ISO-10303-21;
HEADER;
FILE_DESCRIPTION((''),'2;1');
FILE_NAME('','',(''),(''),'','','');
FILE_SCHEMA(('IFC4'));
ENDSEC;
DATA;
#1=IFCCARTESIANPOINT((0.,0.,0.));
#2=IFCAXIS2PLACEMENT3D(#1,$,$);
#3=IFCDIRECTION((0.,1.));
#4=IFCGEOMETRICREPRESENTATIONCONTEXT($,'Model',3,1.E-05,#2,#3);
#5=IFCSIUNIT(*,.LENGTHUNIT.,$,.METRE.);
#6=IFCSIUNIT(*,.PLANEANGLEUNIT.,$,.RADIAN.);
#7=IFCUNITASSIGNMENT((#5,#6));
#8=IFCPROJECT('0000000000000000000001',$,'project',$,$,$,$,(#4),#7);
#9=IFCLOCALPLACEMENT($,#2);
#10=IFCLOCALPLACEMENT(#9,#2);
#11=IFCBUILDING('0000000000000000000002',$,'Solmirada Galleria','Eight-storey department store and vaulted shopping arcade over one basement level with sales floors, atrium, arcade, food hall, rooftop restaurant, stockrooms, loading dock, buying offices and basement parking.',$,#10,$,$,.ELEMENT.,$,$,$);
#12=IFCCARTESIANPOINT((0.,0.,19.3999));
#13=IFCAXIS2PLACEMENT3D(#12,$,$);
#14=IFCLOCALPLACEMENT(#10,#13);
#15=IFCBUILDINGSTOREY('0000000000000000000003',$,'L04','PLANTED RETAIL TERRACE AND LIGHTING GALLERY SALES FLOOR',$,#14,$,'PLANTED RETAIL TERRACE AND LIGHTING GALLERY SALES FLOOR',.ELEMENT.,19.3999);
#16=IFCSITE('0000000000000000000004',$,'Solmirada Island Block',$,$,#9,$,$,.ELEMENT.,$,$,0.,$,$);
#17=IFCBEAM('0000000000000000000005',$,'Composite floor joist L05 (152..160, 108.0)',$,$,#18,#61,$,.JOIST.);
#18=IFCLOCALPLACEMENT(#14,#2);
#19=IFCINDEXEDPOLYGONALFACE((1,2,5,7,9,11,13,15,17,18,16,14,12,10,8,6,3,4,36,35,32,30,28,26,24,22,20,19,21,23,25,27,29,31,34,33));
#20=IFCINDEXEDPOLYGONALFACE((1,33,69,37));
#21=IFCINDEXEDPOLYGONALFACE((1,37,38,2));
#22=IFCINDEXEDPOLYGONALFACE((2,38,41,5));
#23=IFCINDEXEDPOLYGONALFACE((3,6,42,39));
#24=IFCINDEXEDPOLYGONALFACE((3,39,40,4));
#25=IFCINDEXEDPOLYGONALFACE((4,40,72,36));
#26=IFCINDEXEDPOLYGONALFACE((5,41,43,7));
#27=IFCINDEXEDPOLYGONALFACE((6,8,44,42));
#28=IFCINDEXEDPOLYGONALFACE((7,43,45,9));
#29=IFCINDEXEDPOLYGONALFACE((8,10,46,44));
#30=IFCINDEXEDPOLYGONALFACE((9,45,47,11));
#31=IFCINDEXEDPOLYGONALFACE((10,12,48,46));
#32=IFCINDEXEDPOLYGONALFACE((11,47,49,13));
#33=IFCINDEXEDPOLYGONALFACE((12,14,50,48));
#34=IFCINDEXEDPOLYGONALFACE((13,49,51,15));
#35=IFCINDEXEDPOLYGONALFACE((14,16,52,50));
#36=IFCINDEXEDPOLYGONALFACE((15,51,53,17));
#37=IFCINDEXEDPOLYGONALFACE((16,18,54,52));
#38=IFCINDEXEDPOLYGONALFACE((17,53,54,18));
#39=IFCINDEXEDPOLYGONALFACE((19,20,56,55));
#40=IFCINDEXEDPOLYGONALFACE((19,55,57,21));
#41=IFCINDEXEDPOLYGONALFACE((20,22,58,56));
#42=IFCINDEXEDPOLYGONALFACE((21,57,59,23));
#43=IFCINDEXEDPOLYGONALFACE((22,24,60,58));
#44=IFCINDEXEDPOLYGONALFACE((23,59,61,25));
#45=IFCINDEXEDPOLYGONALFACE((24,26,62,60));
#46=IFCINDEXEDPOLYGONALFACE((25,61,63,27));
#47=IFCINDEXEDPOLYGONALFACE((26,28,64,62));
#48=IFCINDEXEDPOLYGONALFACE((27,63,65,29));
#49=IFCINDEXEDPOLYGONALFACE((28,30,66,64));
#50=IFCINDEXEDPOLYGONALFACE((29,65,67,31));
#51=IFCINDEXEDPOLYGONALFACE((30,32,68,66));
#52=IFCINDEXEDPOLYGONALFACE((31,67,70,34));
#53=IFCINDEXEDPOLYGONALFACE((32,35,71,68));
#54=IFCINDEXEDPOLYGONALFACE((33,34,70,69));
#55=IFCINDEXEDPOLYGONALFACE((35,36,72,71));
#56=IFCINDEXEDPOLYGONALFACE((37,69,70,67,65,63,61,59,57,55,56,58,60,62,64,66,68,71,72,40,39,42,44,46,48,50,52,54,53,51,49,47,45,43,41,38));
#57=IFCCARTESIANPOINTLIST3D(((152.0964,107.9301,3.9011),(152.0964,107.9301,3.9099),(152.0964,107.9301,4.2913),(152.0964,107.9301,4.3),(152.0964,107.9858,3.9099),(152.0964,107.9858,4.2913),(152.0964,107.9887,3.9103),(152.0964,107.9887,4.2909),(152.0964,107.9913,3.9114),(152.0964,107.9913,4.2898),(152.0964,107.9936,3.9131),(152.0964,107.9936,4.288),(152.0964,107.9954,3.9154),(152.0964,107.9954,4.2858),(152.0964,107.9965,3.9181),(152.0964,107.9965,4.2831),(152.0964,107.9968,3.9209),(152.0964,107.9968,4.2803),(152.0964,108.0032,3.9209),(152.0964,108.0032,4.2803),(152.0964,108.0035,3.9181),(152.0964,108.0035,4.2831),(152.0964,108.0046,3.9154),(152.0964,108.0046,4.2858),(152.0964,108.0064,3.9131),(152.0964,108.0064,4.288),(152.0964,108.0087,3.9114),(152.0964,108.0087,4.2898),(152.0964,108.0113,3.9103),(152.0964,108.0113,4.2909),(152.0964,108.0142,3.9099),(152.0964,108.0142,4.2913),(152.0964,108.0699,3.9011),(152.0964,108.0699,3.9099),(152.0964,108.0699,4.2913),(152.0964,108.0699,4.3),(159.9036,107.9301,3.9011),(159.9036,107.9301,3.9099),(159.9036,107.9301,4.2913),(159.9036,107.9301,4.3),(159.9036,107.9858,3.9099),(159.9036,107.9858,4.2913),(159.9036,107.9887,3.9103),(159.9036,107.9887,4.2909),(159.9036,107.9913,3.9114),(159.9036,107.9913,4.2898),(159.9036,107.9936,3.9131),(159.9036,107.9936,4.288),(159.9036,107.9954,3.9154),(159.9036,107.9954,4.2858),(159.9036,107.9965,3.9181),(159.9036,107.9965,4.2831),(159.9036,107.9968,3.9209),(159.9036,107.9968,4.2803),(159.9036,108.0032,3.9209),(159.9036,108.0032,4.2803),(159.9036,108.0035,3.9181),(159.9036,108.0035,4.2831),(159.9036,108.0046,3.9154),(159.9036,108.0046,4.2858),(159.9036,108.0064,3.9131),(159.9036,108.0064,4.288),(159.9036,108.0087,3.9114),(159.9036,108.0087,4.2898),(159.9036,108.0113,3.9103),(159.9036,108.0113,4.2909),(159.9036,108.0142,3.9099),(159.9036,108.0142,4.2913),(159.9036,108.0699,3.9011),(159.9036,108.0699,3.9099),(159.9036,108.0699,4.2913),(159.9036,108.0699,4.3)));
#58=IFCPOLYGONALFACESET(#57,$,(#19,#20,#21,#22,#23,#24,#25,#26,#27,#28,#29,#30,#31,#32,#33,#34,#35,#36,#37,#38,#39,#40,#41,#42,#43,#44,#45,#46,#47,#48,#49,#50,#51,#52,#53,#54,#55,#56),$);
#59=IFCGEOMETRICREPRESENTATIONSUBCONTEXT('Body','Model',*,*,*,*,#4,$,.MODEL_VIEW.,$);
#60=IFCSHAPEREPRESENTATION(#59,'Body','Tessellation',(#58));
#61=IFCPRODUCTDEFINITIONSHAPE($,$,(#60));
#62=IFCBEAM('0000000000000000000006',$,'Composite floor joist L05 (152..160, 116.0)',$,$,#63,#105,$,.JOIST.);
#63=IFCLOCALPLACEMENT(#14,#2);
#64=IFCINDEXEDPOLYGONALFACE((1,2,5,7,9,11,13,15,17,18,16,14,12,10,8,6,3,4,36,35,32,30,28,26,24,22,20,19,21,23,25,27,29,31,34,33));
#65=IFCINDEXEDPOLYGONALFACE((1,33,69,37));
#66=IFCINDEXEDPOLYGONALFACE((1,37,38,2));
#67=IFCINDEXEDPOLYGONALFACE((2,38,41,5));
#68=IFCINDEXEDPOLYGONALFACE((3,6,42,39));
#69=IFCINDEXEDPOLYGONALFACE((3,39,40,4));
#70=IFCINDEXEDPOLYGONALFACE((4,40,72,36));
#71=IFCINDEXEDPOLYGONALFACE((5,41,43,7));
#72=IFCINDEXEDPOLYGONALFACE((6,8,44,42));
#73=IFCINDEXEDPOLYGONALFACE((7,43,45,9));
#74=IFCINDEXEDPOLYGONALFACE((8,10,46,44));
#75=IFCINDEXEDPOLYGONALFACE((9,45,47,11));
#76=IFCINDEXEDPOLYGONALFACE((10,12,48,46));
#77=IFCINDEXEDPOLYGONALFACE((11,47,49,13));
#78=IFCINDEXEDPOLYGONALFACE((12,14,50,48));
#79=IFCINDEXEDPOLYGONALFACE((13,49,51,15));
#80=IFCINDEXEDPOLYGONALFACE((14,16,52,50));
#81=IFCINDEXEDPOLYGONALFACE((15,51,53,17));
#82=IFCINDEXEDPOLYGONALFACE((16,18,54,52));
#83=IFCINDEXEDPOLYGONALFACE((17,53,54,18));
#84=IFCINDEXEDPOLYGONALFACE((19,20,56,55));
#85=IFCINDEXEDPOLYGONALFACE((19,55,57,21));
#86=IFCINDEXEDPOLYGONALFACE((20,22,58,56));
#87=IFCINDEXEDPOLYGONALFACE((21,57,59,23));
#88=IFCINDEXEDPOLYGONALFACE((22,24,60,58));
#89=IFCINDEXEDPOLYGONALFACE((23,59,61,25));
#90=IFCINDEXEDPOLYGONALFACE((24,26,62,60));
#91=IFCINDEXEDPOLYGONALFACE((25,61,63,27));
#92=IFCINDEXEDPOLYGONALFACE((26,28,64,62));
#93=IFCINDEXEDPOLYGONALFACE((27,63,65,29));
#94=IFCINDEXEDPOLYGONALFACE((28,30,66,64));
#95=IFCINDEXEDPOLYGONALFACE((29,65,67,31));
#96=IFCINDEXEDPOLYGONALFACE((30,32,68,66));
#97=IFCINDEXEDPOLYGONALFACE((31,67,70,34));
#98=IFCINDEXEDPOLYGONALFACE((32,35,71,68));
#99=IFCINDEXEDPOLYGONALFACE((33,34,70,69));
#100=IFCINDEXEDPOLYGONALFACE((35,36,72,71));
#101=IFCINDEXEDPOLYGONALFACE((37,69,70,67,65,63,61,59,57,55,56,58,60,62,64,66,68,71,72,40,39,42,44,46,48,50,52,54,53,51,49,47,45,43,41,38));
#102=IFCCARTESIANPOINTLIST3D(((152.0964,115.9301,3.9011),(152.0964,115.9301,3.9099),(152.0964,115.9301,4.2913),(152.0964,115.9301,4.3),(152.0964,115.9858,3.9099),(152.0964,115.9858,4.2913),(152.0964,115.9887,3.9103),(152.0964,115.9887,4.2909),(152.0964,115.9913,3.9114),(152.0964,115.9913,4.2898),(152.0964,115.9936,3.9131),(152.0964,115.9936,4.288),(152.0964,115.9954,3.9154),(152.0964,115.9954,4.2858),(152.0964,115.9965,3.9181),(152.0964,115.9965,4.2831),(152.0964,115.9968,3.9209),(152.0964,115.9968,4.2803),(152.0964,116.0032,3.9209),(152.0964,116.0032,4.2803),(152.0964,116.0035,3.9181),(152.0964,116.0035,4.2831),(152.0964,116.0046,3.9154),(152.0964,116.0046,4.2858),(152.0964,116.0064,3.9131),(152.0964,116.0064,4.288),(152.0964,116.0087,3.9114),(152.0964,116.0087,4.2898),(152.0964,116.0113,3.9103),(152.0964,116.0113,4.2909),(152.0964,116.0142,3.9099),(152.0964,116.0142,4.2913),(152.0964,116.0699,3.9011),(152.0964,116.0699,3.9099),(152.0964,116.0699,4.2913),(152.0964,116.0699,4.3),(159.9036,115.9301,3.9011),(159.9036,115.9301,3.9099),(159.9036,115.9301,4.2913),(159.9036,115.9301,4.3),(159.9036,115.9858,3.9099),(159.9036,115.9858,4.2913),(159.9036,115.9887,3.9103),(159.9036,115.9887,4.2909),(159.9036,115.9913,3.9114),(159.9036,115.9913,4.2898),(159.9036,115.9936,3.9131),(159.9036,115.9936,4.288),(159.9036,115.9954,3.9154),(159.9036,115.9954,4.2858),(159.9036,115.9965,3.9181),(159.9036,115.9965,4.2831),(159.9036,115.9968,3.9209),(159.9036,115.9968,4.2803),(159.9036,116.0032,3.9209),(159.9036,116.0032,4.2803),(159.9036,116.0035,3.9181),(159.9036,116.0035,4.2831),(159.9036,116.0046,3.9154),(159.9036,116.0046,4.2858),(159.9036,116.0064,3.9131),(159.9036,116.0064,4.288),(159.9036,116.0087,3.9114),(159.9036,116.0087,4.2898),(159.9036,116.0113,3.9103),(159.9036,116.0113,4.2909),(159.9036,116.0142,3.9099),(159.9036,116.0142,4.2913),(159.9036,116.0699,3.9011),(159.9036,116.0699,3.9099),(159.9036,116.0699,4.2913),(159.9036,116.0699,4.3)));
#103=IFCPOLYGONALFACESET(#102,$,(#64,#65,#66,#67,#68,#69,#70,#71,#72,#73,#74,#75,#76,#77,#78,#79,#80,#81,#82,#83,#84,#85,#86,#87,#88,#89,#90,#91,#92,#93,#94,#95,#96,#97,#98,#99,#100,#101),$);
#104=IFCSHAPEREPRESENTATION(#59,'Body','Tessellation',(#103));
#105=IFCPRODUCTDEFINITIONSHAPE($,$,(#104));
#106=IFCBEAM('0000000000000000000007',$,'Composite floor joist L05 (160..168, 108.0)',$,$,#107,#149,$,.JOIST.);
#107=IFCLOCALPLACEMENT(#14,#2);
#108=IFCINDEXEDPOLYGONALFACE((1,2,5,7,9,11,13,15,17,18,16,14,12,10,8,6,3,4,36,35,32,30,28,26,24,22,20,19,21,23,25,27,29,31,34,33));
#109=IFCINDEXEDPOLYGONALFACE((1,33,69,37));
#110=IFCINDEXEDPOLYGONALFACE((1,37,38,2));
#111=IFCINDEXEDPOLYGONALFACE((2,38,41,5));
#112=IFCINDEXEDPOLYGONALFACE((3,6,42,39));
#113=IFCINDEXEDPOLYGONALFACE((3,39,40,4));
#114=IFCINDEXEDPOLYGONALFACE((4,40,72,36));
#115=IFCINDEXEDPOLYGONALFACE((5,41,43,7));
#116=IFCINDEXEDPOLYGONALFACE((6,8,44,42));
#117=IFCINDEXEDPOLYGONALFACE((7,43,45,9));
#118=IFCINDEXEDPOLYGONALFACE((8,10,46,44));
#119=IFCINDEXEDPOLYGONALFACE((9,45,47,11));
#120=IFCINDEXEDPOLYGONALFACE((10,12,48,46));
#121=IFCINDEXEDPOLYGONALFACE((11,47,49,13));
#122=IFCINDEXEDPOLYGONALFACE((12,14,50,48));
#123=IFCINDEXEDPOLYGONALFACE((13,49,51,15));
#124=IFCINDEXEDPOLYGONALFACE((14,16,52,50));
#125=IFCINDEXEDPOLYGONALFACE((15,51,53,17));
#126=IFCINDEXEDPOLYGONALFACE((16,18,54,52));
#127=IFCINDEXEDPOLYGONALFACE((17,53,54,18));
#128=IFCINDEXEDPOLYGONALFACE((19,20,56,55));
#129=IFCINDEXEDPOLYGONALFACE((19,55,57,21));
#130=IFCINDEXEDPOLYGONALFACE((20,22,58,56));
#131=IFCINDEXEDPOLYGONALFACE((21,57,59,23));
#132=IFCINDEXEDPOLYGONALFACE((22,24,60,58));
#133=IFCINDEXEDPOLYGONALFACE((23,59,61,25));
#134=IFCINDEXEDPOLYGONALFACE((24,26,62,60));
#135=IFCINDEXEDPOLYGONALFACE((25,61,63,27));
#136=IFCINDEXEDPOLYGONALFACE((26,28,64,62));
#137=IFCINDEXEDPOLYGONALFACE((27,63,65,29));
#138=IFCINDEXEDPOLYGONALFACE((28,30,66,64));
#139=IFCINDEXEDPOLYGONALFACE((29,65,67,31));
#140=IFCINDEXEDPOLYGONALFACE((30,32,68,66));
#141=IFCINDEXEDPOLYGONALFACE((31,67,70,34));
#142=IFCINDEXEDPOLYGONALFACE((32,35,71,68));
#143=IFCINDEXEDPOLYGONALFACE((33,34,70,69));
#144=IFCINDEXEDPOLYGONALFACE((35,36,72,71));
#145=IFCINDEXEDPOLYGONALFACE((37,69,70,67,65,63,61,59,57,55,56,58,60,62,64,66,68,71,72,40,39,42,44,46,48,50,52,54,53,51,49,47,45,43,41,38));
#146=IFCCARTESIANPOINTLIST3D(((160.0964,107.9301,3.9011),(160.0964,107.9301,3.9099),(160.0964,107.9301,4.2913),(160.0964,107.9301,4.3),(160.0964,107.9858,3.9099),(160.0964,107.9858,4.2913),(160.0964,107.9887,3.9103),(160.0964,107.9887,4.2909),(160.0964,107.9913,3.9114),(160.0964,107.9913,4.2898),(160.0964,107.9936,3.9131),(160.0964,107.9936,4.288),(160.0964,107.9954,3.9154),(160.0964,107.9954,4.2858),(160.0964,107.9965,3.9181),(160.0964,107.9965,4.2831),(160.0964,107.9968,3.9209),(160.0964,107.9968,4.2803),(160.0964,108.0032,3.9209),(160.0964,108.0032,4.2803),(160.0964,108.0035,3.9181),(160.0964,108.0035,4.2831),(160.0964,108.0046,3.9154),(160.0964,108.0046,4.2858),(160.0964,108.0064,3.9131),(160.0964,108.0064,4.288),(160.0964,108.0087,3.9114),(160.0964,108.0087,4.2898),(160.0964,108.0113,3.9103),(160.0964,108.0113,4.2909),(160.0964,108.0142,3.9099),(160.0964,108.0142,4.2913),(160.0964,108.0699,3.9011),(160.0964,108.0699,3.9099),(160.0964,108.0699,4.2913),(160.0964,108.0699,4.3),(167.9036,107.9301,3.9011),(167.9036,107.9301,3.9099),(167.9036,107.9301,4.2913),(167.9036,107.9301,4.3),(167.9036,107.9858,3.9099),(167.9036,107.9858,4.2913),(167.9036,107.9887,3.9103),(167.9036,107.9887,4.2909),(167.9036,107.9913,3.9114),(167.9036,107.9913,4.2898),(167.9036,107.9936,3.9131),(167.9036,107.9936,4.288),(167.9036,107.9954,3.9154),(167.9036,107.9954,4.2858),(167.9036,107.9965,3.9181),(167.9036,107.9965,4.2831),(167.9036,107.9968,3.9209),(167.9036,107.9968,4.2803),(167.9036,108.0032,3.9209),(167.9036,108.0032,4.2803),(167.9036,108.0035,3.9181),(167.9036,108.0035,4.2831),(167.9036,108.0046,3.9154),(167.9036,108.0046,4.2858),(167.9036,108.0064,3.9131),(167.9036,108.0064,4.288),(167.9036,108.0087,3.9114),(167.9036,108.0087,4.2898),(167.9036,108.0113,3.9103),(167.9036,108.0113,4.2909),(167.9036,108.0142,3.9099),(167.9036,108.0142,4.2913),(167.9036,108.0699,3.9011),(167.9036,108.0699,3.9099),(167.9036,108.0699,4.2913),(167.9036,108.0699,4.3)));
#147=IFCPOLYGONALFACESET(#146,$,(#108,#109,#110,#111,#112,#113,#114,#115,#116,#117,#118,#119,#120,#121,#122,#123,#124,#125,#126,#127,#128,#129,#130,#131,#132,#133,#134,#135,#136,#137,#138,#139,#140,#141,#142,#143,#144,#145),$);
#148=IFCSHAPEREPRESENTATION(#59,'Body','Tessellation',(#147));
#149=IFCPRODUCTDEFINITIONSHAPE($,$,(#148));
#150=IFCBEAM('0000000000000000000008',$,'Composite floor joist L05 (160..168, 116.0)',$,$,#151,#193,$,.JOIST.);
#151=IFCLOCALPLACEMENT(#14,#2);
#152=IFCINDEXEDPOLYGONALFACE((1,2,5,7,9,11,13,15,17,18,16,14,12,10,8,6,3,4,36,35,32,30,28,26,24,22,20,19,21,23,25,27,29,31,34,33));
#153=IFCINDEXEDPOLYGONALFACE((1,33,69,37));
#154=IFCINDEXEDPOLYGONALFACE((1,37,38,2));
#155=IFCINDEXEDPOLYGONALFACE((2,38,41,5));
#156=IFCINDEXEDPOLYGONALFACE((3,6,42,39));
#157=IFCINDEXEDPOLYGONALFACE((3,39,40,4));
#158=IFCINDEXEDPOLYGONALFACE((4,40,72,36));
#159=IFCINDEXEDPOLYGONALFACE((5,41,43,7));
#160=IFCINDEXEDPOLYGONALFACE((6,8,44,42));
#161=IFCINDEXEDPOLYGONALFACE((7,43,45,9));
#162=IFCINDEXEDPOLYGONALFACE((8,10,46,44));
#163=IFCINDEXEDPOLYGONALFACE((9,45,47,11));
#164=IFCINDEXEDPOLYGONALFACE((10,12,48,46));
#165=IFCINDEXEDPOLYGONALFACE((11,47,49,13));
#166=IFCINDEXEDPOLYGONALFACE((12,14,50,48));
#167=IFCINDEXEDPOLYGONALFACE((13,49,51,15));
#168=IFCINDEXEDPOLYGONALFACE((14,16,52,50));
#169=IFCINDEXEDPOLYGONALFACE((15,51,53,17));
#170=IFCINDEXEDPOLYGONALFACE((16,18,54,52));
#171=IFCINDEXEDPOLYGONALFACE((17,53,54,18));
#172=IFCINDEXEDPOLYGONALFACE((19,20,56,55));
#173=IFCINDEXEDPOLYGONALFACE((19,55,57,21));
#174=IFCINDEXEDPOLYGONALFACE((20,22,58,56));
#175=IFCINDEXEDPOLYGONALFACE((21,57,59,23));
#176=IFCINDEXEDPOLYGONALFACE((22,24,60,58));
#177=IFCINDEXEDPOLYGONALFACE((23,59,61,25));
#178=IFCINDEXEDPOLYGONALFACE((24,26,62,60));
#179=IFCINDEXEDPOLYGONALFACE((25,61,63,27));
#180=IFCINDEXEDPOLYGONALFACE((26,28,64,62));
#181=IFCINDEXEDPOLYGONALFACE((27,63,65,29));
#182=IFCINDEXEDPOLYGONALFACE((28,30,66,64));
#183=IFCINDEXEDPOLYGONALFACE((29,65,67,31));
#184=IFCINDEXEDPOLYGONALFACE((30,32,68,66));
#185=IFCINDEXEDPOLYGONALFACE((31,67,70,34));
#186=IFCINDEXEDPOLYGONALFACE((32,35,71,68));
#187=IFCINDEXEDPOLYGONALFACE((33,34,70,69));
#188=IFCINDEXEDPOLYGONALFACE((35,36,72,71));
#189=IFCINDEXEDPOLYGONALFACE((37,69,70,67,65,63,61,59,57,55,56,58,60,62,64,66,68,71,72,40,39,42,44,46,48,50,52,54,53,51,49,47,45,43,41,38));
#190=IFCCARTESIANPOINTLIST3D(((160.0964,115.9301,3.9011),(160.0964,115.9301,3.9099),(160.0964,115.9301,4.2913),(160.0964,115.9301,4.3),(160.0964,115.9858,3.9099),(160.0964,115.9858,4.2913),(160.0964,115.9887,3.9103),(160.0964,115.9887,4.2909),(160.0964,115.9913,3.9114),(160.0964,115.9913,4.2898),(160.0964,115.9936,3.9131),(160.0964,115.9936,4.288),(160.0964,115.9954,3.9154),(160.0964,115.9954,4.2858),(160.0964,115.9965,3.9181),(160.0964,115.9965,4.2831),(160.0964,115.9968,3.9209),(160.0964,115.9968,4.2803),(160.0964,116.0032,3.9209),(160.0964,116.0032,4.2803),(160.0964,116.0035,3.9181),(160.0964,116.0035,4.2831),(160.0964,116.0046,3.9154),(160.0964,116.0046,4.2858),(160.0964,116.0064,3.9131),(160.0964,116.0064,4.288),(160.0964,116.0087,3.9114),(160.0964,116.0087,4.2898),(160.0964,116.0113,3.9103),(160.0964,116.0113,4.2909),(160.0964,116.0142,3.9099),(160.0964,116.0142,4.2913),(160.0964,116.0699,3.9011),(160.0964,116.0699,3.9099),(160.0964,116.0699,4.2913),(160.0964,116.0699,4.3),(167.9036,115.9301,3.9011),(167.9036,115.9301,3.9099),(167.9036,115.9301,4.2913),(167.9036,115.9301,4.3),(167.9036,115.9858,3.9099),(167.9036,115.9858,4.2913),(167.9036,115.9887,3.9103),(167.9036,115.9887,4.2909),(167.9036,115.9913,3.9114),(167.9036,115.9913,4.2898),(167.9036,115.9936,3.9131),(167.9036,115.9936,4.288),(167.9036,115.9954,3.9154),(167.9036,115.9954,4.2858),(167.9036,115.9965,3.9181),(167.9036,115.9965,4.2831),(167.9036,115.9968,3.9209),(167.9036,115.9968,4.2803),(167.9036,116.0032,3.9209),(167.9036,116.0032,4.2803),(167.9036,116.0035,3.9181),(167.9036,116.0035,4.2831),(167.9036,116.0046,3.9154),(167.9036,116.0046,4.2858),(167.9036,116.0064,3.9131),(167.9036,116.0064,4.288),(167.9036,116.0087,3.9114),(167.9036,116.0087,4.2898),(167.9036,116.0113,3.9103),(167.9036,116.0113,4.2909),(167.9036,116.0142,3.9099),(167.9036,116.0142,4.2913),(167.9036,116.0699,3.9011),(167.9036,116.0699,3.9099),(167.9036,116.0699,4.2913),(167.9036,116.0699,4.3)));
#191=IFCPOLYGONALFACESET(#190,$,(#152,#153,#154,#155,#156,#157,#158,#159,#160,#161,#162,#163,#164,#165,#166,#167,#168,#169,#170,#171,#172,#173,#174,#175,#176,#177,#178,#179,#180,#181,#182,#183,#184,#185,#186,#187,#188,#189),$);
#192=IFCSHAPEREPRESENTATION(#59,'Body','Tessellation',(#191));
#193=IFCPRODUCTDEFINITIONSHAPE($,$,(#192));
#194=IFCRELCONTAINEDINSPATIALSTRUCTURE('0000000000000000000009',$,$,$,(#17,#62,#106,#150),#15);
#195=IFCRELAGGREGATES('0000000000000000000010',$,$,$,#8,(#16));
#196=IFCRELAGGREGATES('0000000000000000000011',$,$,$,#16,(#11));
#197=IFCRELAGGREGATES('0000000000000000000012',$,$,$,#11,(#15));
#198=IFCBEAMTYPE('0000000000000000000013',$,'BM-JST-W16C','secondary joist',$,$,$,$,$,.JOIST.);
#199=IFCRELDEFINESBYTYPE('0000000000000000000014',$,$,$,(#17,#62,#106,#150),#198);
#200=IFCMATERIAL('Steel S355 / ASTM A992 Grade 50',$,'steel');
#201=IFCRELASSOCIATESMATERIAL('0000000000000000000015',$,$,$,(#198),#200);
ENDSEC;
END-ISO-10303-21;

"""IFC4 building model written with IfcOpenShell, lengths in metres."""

from ifc_helpers import new_model, si_unit, direction, frame, origin, origin_2d, place, context, subcontext, project, spatial, i_section, extrude, material, material_profile, profile_set, type_object, element, save


model = new_model("IFC4")

# Units and contexts
model_context = context("Model", 3, precision=1e-05, world=origin(), true_north=direction((0.0, 1.0)))
body_context = subcontext(model_context, "Body", "Model", "MODEL_VIEW")
ifc_project = project(units=[si_unit("LENGTHUNIT", "METRE"), si_unit("PLANEANGLEUNIT", "RADIAN")], contexts=[model_context])

# Site, building, storey
site_placement = place(None, origin())
site = spatial("IfcSite", under=ifc_project, at=site_placement, Name="Solmirada Island Block", CompositionType="ELEMENT", RefElevation=0.0)
building_placement = place(site_placement, origin())
building = spatial("IfcBuilding", under=site, at=building_placement, Name="Solmirada Galleria", Description="Eight-storey department store and vaulted shopping arcade over one basement level with sales floors, atrium, arcade, food hall, rooftop restaurant, stockrooms, loading dock, buying offices and basement parking.", CompositionType="ELEMENT")
storey_placement = place(building_placement, frame((0.0, 0.0, 19.3999)))
storey = spatial("IfcBuildingStorey", under=building, at=storey_placement, Name="L04", Description="PLANTED RETAIL TERRACE AND LIGHTING GALLERY SALES FLOOR", LongName="PLANTED RETAIL TERRACE AND LIGHTING GALLERY SALES FLOOR", CompositionType="ELEMENT", Elevation=19.3999)

# Beams
ifc_material_1 = material(Name="Steel S355 / ASTM A992 Grade 50", Category="steel")
ifc_material_profile_1 = material_profile(ifc_material_1, i_section(OverallWidth=0.1399, OverallDepth=0.3989, WebThickness=0.0063, FlangeThickness=0.0088, FilletRadius=0.011, at=origin_2d()), Name="W16X26")
ifc_profile_set_1 = profile_set([ifc_material_profile_1], Name="Steel S355 / ASTM A992 Grade 50")
beam_type_1 = type_object("IfcBeamType", Name="BM-JST-W16C", Description="secondary joist", PredefinedType="JOIST", material=ifc_profile_set_1)
for number, where, z_axis, x_axis, name in (
    (1, (152.0964, 108.0, 4.1006), (1.0, 0.0, 0.0), (0.0, 1.0, 0.0), "Composite floor joist L05 (152..160, 108.0)"),
    (2, (152.0964, 116.0, 4.1006), (1.0, 0.0, 0.0), (0.0, 1.0, 0.0), "Composite floor joist L05 (152..160, 116.0)"),
    (3, (160.0964, 108.0, 4.1006), (1.0, 0.0, 0.0), (0.0, 1.0, 0.0), "Composite floor joist L05 (160..168, 108.0)"),
    (4, (160.0964, 116.0, 4.1006), (1.0, 0.0, 0.0), (0.0, 1.0, 0.0), "Composite floor joist L05 (160..168, 116.0)"),
):
    element("IfcBeam", number, at=place(storey_placement, frame(where, z_axis=z_axis, x_axis=x_axis)), inside=storey, type_object=beam_type_1, Name=name, PredefinedType="JOIST", context=body_context, shape_type="SweptSolid", body=[
        extrude(i_section(OverallWidth=0.1399, OverallDepth=0.3989, WebThickness=0.0063, FlangeThickness=0.0088, FilletRadius=0.011, at=origin_2d()), origin(), (0.0, 0.0, 1.0), 7.8071),
    ])

save(model, "model.ifc")
